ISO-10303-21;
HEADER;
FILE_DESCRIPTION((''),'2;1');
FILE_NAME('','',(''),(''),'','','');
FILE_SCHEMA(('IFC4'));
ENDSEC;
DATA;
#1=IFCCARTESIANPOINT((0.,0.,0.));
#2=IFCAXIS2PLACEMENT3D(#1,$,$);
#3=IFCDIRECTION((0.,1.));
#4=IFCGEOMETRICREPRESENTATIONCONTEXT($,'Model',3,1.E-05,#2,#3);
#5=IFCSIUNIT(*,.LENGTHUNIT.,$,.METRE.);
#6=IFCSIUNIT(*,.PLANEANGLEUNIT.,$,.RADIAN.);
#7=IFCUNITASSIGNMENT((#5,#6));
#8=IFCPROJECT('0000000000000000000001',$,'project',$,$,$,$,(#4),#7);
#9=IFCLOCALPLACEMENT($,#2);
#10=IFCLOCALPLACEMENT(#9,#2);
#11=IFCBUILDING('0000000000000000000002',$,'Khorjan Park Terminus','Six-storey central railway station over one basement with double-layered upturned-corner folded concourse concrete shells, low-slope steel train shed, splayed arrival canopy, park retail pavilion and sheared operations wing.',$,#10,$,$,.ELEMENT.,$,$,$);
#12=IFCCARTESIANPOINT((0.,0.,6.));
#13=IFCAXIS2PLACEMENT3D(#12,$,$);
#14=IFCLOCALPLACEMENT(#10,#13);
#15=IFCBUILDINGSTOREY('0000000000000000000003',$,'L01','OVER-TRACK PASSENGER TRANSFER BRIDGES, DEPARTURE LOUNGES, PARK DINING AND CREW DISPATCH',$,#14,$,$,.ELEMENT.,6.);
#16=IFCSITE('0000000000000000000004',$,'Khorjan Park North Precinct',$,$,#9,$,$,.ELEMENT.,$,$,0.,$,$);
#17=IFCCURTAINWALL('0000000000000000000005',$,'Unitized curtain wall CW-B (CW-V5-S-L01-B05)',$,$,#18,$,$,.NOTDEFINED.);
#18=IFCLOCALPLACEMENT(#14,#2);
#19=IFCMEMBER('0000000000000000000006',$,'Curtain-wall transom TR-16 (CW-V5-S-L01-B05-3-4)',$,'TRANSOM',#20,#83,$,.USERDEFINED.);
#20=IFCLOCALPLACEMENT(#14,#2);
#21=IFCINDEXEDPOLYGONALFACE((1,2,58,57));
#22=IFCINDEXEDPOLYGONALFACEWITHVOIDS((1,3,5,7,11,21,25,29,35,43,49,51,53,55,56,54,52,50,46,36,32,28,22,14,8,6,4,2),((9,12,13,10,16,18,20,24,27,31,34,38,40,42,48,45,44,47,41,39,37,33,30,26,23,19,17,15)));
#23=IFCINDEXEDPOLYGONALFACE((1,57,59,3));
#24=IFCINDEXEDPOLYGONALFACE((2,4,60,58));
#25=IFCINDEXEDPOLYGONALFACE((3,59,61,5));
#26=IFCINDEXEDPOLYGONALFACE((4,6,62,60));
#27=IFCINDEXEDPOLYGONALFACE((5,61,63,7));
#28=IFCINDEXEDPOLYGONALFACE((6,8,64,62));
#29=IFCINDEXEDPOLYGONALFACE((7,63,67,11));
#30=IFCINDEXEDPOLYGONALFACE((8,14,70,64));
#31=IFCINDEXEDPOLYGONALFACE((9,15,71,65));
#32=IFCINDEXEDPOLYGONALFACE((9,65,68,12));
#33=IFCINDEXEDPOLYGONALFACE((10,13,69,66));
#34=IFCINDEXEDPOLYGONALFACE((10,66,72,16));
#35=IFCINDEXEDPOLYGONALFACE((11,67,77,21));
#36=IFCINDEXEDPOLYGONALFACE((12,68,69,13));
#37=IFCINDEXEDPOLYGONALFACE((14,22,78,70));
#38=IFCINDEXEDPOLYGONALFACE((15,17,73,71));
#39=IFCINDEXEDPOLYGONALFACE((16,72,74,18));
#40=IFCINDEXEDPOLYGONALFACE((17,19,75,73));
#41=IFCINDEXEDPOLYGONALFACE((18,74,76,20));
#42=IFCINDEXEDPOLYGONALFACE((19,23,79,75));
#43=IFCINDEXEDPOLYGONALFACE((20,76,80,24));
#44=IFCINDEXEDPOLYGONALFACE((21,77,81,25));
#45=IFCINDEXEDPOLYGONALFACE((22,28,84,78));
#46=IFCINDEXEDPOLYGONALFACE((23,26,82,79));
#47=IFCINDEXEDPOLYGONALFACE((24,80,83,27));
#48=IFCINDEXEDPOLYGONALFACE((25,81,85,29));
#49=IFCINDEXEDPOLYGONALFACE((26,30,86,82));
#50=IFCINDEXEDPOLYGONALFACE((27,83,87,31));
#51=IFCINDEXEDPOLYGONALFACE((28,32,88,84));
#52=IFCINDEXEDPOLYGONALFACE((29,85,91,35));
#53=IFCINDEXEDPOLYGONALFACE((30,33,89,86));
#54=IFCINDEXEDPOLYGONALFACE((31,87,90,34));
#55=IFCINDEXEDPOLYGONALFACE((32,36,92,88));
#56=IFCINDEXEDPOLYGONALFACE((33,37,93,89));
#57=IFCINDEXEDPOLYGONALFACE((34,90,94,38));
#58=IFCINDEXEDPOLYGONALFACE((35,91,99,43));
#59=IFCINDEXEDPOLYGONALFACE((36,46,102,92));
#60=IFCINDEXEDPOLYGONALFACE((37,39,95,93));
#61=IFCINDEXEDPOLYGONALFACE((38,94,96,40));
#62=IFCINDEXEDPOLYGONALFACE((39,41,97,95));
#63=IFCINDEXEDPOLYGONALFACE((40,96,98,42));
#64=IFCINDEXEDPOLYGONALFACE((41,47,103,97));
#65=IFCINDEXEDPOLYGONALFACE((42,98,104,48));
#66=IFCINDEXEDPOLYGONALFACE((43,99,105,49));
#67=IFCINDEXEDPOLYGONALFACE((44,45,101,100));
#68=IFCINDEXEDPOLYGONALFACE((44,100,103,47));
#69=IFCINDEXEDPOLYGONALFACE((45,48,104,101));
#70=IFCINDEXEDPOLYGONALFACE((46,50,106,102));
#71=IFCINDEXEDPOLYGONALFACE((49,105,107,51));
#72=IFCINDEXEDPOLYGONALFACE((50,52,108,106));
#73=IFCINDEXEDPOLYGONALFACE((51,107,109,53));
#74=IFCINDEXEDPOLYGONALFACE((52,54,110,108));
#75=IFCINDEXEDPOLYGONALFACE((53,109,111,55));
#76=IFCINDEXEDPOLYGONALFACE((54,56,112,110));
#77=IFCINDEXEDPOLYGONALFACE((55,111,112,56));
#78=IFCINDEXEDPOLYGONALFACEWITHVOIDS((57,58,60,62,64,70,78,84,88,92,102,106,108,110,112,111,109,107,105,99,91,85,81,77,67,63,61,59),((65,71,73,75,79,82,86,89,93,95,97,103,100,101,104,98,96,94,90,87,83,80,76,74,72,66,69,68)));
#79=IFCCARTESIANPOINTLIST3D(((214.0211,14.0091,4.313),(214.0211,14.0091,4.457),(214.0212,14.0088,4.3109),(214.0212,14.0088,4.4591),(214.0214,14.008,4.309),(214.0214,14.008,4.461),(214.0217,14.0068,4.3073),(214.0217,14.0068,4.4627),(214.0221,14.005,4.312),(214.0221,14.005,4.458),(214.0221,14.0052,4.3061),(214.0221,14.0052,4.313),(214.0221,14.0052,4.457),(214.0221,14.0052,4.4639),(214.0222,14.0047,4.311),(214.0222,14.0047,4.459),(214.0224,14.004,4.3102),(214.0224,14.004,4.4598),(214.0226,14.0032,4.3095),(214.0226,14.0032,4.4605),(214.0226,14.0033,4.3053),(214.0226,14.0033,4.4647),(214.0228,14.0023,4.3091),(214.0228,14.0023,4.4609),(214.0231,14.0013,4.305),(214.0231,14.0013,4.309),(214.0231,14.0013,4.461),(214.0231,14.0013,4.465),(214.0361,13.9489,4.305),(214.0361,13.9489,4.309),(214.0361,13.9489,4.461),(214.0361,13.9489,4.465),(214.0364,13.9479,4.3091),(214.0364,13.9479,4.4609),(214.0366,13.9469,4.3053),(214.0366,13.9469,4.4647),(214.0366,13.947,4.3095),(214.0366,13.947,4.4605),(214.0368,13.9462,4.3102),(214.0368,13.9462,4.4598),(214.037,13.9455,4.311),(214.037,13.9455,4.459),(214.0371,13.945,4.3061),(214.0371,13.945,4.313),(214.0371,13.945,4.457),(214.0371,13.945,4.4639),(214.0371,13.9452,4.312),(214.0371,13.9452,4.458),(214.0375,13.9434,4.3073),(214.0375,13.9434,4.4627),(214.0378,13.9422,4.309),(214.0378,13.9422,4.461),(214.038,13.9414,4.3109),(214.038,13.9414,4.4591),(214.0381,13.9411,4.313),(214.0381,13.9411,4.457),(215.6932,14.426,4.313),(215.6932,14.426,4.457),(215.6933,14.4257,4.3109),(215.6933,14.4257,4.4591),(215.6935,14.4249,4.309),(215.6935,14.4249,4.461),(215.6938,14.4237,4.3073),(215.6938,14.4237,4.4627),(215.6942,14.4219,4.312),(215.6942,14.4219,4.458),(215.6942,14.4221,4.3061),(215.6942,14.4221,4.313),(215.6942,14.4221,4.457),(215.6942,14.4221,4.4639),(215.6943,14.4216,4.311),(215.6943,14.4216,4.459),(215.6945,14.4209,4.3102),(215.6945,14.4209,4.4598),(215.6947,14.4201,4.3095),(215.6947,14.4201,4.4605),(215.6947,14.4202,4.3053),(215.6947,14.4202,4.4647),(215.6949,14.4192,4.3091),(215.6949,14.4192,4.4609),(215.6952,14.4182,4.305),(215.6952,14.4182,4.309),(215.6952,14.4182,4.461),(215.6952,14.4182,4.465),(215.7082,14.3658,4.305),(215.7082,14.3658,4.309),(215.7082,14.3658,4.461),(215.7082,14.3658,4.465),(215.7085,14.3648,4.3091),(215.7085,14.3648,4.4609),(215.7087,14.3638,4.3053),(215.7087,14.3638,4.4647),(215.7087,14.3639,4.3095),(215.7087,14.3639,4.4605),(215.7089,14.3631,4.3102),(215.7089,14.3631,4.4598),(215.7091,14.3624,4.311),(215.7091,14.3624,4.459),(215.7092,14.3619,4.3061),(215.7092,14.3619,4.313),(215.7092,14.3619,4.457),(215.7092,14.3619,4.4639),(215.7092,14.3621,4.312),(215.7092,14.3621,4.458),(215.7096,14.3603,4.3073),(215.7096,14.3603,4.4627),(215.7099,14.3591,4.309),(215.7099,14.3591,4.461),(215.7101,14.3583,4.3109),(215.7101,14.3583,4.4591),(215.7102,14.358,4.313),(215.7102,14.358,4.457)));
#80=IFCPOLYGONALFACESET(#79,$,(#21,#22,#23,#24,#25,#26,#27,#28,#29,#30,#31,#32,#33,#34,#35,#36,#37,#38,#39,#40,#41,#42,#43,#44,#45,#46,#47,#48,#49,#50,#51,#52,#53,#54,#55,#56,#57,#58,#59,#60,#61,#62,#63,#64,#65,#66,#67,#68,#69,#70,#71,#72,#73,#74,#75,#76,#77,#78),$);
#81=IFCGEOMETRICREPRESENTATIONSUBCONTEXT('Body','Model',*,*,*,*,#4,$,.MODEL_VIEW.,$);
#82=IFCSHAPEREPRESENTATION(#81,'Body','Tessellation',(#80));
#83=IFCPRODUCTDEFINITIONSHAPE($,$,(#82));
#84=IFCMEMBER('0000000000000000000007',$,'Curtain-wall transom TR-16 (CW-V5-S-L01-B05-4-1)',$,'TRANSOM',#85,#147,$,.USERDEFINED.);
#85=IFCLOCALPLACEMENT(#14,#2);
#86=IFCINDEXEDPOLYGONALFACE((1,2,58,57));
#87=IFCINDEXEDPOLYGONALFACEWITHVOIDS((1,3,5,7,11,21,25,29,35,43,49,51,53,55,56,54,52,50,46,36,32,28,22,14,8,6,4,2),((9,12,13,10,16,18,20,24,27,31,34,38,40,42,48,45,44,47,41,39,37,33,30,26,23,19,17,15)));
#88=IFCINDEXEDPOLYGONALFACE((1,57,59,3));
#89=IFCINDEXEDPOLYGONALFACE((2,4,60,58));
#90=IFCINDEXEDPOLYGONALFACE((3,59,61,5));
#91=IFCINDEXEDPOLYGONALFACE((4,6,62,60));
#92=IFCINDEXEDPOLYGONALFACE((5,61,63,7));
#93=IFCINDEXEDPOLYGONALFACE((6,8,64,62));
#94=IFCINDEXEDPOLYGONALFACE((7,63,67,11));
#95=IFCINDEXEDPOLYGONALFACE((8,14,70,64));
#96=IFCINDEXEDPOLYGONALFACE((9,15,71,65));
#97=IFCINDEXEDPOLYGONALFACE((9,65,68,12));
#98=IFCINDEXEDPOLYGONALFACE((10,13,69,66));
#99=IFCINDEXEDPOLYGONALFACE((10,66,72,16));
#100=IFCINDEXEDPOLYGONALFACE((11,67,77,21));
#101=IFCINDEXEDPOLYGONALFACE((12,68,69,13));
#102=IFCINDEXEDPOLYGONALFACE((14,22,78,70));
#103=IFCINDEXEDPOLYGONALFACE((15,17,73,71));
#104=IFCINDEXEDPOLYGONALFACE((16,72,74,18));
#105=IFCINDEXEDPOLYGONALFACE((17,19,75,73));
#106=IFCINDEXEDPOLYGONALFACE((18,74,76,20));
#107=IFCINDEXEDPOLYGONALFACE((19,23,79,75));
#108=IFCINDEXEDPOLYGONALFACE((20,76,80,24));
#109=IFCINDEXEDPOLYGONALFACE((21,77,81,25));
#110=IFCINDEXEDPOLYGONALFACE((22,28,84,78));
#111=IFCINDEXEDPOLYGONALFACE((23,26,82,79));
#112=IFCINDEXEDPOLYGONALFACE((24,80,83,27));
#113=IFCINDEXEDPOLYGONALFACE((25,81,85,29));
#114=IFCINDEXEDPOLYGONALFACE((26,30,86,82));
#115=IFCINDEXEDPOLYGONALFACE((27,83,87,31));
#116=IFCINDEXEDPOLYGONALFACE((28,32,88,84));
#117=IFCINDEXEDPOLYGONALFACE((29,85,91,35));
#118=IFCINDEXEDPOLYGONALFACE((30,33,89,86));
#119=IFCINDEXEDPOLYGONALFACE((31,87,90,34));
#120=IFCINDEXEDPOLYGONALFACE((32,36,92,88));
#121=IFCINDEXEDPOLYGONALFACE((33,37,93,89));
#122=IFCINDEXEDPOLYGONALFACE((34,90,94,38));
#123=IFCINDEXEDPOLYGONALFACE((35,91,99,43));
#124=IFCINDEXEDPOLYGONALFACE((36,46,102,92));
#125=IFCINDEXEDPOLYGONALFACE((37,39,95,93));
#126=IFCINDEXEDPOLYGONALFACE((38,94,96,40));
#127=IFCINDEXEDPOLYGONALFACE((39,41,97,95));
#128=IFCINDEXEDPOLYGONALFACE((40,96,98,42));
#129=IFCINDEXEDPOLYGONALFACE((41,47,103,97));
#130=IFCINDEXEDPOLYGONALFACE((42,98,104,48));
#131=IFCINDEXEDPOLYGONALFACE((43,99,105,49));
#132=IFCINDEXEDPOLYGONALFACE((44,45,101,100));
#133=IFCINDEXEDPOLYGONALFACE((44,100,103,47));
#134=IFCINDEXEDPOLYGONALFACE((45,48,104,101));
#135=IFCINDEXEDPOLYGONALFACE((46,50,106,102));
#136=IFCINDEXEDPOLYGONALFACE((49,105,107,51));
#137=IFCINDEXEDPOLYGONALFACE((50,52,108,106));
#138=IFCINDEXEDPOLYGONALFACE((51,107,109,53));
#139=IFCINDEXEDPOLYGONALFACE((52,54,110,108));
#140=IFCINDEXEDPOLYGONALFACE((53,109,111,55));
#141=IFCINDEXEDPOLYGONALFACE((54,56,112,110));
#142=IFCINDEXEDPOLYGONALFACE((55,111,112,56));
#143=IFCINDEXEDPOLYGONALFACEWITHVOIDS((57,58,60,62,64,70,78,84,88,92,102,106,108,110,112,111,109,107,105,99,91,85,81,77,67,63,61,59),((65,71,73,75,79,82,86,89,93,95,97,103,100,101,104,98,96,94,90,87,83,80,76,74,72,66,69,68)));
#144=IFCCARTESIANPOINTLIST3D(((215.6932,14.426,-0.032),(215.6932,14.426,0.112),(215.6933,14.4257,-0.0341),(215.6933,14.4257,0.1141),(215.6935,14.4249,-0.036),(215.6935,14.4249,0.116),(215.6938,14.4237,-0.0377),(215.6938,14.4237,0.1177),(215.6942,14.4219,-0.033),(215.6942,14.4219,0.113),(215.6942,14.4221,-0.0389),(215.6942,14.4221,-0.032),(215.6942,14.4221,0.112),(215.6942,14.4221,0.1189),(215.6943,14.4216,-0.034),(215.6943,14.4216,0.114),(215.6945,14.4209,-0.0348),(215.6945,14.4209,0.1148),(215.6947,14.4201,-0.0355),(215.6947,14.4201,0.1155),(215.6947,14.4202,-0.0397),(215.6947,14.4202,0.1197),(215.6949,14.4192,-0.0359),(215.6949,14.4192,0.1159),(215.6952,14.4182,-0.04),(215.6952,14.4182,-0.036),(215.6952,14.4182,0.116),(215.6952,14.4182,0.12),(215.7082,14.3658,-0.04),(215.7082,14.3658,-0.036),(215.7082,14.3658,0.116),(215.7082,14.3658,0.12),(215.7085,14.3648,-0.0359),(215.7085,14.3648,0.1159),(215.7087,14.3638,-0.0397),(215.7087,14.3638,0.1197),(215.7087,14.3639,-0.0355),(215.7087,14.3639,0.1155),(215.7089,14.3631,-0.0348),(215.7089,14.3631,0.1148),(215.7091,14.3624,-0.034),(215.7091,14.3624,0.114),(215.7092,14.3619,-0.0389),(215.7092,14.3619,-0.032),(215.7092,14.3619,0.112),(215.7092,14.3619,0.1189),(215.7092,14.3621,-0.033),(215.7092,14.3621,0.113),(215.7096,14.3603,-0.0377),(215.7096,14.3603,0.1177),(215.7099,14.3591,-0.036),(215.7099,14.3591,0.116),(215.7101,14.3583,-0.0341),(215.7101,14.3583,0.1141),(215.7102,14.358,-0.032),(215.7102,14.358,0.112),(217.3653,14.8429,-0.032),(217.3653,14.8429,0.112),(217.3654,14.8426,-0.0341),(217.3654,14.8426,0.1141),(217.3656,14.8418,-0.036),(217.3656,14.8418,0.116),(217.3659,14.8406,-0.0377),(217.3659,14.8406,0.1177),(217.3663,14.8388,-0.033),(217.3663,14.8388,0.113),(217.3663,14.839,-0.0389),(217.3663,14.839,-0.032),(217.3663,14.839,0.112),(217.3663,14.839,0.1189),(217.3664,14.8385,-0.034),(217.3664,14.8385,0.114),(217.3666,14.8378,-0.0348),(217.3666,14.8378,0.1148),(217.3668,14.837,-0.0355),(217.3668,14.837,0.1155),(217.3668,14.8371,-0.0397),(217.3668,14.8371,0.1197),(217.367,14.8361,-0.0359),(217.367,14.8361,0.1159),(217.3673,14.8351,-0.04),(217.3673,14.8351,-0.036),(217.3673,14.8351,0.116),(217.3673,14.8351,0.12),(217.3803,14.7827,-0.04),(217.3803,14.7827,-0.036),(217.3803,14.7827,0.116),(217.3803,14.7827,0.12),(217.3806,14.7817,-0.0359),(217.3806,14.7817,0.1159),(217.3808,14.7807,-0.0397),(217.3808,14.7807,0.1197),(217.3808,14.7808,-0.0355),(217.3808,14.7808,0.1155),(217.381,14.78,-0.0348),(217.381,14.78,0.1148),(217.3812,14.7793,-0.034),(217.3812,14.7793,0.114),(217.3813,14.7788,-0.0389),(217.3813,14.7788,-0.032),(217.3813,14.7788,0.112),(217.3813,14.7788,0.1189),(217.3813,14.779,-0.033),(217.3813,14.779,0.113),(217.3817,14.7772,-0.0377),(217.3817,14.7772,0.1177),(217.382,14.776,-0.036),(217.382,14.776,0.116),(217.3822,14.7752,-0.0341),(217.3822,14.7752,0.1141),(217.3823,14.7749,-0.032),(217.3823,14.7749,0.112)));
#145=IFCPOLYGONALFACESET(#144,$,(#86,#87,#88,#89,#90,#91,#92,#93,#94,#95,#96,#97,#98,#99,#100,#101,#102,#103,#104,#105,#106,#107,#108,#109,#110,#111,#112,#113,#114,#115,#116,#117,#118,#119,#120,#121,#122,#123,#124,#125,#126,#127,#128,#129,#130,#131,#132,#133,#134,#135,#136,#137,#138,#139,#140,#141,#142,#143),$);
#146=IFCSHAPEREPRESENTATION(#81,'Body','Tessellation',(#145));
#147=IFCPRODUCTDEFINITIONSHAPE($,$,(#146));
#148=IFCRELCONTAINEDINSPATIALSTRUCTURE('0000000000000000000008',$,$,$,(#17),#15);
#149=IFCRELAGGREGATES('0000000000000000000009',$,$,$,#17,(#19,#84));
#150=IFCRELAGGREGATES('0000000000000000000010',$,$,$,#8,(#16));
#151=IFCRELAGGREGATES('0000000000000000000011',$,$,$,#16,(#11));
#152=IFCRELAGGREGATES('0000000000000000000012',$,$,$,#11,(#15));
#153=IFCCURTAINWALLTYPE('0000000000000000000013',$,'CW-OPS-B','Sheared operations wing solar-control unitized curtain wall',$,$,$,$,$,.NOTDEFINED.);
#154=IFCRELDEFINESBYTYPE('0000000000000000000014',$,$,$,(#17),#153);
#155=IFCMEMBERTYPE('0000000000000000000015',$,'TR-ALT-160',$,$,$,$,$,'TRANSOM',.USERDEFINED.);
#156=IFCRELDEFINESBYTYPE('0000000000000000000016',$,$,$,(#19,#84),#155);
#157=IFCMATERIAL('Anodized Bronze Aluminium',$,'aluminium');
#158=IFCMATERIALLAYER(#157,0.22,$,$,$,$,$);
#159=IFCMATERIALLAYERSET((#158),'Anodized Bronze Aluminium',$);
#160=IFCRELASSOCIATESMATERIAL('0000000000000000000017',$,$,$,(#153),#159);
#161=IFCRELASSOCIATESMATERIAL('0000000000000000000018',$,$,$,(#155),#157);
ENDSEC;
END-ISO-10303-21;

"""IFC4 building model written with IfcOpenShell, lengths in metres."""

from ifc_helpers import new_model, si_unit, direction, frame, origin, origin_2d, place, context, subcontext, project, spatial, hollow_rectangle, extrude, material, layer, layer_set, material_profile, profile_set, type_object, element, aggregate, save


model = new_model("IFC4")

# Units and contexts
model_context = context("Model", 3, precision=1e-05, world=origin(), true_north=direction((0.0, 1.0)))
body_context = subcontext(model_context, "Body", "Model", "MODEL_VIEW")
ifc_project = project(units=[si_unit("LENGTHUNIT", "METRE"), si_unit("PLANEANGLEUNIT", "RADIAN")], contexts=[model_context])

# Site, building, storey
site_placement = place(None, origin())
site = spatial("IfcSite", under=ifc_project, at=site_placement, Name="Khorjan Park North Precinct", CompositionType="ELEMENT", RefElevation=0.0)
building_placement = place(site_placement, origin())
building = spatial("IfcBuilding", under=site, at=building_placement, Name="Khorjan Park Terminus", Description="Six-storey central railway station over one basement with double-layered upturned-corner folded concourse concrete shells, low-slope steel train shed, splayed arrival canopy, park retail pavilion and sheared operations wing.", CompositionType="ELEMENT")
storey_placement = place(building_placement, frame((0.0, 0.0, 6.0)))
storey = spatial("IfcBuildingStorey", under=building, at=storey_placement, Name="L01", Description="OVER-TRACK PASSENGER TRANSFER BRIDGES, DEPARTURE LOUNGES, PARK DINING AND CREW DISPATCH", CompositionType="ELEMENT", Elevation=6.0)

# Curtain wall, members
ifc_material_1 = material(Name="Anodized Bronze Aluminium", Category="aluminium")
ifc_layer_1 = layer(ifc_material_1, 0.22)
ifc_layer_set_1 = layer_set([ifc_layer_1], Name="Anodized Bronze Aluminium")
curtain_wall_type = type_object("IfcCurtainWallType", Name="CW-OPS-B", Description="Sheared operations wing solar-control unitized curtain wall", PredefinedType="NOTDEFINED", material=ifc_layer_set_1)
curtain_wall_placement = place(storey_placement, origin())
curtain_wall = element("IfcCurtainWall", 1, at=curtain_wall_placement, inside=storey, type_object=curtain_wall_type, Name="Unitized curtain wall CW-B (CW-V5-S-L01-B05)", PredefinedType="NOTDEFINED")
ifc_material_profile_1 = material_profile(ifc_material_1, hollow_rectangle(XDim=0.07, YDim=0.16, WallThickness=0.004, InnerFilletRadius=0.004, OuterFilletRadius=0.008, at=origin_2d()), Name="ALT 70x160x4")
ifc_profile_set_1 = profile_set([ifc_material_profile_1], Name="Anodized Bronze Aluminium")
member_type_1 = type_object("IfcMemberType", Name="TR-ALT-160", ElementType="TRANSOM", PredefinedType="USERDEFINED", material=ifc_profile_set_1)
member_1_placement = place(storey_placement, frame((214.0296, 13.9751, 4.385), z_axis=(0.970296, 0.241921, 0.0), x_axis=(-0.241921, 0.970296, 0.0)))
member_1 = element("IfcMember", 2, at=member_1_placement, type_object=member_type_1, Name="Curtain-wall transom TR-16 (CW-V5-S-L01-B05-3-4)", ObjectType="TRANSOM", PredefinedType="USERDEFINED", context=body_context, shape_type="SweptSolid", body=[
    extrude(hollow_rectangle(XDim=0.07, YDim=0.16, WallThickness=0.004, InnerFilletRadius=0.004, OuterFilletRadius=0.008, at=origin_2d()), origin(), (0.0, 0.0, 1.0), 1.7233),
])
member_2_placement = place(storey_placement, frame((215.7017, 14.392, 0.04), z_axis=(0.970296, 0.241921, 0.0), x_axis=(-0.241921, 0.970296, 0.0)))
member_2 = element("IfcMember", 3, at=member_2_placement, type_object=member_type_1, Name="Curtain-wall transom TR-16 (CW-V5-S-L01-B05-4-1)", ObjectType="TRANSOM", PredefinedType="USERDEFINED", context=body_context, shape_type="SweptSolid", body=[
    extrude(hollow_rectangle(XDim=0.07, YDim=0.16, WallThickness=0.004, InnerFilletRadius=0.004, OuterFilletRadius=0.008, at=origin_2d()), origin(), (0.0, 0.0, 1.0), 1.7233),
])
aggregate(curtain_wall, [member_1, member_2])

save(model, "model.ifc")
